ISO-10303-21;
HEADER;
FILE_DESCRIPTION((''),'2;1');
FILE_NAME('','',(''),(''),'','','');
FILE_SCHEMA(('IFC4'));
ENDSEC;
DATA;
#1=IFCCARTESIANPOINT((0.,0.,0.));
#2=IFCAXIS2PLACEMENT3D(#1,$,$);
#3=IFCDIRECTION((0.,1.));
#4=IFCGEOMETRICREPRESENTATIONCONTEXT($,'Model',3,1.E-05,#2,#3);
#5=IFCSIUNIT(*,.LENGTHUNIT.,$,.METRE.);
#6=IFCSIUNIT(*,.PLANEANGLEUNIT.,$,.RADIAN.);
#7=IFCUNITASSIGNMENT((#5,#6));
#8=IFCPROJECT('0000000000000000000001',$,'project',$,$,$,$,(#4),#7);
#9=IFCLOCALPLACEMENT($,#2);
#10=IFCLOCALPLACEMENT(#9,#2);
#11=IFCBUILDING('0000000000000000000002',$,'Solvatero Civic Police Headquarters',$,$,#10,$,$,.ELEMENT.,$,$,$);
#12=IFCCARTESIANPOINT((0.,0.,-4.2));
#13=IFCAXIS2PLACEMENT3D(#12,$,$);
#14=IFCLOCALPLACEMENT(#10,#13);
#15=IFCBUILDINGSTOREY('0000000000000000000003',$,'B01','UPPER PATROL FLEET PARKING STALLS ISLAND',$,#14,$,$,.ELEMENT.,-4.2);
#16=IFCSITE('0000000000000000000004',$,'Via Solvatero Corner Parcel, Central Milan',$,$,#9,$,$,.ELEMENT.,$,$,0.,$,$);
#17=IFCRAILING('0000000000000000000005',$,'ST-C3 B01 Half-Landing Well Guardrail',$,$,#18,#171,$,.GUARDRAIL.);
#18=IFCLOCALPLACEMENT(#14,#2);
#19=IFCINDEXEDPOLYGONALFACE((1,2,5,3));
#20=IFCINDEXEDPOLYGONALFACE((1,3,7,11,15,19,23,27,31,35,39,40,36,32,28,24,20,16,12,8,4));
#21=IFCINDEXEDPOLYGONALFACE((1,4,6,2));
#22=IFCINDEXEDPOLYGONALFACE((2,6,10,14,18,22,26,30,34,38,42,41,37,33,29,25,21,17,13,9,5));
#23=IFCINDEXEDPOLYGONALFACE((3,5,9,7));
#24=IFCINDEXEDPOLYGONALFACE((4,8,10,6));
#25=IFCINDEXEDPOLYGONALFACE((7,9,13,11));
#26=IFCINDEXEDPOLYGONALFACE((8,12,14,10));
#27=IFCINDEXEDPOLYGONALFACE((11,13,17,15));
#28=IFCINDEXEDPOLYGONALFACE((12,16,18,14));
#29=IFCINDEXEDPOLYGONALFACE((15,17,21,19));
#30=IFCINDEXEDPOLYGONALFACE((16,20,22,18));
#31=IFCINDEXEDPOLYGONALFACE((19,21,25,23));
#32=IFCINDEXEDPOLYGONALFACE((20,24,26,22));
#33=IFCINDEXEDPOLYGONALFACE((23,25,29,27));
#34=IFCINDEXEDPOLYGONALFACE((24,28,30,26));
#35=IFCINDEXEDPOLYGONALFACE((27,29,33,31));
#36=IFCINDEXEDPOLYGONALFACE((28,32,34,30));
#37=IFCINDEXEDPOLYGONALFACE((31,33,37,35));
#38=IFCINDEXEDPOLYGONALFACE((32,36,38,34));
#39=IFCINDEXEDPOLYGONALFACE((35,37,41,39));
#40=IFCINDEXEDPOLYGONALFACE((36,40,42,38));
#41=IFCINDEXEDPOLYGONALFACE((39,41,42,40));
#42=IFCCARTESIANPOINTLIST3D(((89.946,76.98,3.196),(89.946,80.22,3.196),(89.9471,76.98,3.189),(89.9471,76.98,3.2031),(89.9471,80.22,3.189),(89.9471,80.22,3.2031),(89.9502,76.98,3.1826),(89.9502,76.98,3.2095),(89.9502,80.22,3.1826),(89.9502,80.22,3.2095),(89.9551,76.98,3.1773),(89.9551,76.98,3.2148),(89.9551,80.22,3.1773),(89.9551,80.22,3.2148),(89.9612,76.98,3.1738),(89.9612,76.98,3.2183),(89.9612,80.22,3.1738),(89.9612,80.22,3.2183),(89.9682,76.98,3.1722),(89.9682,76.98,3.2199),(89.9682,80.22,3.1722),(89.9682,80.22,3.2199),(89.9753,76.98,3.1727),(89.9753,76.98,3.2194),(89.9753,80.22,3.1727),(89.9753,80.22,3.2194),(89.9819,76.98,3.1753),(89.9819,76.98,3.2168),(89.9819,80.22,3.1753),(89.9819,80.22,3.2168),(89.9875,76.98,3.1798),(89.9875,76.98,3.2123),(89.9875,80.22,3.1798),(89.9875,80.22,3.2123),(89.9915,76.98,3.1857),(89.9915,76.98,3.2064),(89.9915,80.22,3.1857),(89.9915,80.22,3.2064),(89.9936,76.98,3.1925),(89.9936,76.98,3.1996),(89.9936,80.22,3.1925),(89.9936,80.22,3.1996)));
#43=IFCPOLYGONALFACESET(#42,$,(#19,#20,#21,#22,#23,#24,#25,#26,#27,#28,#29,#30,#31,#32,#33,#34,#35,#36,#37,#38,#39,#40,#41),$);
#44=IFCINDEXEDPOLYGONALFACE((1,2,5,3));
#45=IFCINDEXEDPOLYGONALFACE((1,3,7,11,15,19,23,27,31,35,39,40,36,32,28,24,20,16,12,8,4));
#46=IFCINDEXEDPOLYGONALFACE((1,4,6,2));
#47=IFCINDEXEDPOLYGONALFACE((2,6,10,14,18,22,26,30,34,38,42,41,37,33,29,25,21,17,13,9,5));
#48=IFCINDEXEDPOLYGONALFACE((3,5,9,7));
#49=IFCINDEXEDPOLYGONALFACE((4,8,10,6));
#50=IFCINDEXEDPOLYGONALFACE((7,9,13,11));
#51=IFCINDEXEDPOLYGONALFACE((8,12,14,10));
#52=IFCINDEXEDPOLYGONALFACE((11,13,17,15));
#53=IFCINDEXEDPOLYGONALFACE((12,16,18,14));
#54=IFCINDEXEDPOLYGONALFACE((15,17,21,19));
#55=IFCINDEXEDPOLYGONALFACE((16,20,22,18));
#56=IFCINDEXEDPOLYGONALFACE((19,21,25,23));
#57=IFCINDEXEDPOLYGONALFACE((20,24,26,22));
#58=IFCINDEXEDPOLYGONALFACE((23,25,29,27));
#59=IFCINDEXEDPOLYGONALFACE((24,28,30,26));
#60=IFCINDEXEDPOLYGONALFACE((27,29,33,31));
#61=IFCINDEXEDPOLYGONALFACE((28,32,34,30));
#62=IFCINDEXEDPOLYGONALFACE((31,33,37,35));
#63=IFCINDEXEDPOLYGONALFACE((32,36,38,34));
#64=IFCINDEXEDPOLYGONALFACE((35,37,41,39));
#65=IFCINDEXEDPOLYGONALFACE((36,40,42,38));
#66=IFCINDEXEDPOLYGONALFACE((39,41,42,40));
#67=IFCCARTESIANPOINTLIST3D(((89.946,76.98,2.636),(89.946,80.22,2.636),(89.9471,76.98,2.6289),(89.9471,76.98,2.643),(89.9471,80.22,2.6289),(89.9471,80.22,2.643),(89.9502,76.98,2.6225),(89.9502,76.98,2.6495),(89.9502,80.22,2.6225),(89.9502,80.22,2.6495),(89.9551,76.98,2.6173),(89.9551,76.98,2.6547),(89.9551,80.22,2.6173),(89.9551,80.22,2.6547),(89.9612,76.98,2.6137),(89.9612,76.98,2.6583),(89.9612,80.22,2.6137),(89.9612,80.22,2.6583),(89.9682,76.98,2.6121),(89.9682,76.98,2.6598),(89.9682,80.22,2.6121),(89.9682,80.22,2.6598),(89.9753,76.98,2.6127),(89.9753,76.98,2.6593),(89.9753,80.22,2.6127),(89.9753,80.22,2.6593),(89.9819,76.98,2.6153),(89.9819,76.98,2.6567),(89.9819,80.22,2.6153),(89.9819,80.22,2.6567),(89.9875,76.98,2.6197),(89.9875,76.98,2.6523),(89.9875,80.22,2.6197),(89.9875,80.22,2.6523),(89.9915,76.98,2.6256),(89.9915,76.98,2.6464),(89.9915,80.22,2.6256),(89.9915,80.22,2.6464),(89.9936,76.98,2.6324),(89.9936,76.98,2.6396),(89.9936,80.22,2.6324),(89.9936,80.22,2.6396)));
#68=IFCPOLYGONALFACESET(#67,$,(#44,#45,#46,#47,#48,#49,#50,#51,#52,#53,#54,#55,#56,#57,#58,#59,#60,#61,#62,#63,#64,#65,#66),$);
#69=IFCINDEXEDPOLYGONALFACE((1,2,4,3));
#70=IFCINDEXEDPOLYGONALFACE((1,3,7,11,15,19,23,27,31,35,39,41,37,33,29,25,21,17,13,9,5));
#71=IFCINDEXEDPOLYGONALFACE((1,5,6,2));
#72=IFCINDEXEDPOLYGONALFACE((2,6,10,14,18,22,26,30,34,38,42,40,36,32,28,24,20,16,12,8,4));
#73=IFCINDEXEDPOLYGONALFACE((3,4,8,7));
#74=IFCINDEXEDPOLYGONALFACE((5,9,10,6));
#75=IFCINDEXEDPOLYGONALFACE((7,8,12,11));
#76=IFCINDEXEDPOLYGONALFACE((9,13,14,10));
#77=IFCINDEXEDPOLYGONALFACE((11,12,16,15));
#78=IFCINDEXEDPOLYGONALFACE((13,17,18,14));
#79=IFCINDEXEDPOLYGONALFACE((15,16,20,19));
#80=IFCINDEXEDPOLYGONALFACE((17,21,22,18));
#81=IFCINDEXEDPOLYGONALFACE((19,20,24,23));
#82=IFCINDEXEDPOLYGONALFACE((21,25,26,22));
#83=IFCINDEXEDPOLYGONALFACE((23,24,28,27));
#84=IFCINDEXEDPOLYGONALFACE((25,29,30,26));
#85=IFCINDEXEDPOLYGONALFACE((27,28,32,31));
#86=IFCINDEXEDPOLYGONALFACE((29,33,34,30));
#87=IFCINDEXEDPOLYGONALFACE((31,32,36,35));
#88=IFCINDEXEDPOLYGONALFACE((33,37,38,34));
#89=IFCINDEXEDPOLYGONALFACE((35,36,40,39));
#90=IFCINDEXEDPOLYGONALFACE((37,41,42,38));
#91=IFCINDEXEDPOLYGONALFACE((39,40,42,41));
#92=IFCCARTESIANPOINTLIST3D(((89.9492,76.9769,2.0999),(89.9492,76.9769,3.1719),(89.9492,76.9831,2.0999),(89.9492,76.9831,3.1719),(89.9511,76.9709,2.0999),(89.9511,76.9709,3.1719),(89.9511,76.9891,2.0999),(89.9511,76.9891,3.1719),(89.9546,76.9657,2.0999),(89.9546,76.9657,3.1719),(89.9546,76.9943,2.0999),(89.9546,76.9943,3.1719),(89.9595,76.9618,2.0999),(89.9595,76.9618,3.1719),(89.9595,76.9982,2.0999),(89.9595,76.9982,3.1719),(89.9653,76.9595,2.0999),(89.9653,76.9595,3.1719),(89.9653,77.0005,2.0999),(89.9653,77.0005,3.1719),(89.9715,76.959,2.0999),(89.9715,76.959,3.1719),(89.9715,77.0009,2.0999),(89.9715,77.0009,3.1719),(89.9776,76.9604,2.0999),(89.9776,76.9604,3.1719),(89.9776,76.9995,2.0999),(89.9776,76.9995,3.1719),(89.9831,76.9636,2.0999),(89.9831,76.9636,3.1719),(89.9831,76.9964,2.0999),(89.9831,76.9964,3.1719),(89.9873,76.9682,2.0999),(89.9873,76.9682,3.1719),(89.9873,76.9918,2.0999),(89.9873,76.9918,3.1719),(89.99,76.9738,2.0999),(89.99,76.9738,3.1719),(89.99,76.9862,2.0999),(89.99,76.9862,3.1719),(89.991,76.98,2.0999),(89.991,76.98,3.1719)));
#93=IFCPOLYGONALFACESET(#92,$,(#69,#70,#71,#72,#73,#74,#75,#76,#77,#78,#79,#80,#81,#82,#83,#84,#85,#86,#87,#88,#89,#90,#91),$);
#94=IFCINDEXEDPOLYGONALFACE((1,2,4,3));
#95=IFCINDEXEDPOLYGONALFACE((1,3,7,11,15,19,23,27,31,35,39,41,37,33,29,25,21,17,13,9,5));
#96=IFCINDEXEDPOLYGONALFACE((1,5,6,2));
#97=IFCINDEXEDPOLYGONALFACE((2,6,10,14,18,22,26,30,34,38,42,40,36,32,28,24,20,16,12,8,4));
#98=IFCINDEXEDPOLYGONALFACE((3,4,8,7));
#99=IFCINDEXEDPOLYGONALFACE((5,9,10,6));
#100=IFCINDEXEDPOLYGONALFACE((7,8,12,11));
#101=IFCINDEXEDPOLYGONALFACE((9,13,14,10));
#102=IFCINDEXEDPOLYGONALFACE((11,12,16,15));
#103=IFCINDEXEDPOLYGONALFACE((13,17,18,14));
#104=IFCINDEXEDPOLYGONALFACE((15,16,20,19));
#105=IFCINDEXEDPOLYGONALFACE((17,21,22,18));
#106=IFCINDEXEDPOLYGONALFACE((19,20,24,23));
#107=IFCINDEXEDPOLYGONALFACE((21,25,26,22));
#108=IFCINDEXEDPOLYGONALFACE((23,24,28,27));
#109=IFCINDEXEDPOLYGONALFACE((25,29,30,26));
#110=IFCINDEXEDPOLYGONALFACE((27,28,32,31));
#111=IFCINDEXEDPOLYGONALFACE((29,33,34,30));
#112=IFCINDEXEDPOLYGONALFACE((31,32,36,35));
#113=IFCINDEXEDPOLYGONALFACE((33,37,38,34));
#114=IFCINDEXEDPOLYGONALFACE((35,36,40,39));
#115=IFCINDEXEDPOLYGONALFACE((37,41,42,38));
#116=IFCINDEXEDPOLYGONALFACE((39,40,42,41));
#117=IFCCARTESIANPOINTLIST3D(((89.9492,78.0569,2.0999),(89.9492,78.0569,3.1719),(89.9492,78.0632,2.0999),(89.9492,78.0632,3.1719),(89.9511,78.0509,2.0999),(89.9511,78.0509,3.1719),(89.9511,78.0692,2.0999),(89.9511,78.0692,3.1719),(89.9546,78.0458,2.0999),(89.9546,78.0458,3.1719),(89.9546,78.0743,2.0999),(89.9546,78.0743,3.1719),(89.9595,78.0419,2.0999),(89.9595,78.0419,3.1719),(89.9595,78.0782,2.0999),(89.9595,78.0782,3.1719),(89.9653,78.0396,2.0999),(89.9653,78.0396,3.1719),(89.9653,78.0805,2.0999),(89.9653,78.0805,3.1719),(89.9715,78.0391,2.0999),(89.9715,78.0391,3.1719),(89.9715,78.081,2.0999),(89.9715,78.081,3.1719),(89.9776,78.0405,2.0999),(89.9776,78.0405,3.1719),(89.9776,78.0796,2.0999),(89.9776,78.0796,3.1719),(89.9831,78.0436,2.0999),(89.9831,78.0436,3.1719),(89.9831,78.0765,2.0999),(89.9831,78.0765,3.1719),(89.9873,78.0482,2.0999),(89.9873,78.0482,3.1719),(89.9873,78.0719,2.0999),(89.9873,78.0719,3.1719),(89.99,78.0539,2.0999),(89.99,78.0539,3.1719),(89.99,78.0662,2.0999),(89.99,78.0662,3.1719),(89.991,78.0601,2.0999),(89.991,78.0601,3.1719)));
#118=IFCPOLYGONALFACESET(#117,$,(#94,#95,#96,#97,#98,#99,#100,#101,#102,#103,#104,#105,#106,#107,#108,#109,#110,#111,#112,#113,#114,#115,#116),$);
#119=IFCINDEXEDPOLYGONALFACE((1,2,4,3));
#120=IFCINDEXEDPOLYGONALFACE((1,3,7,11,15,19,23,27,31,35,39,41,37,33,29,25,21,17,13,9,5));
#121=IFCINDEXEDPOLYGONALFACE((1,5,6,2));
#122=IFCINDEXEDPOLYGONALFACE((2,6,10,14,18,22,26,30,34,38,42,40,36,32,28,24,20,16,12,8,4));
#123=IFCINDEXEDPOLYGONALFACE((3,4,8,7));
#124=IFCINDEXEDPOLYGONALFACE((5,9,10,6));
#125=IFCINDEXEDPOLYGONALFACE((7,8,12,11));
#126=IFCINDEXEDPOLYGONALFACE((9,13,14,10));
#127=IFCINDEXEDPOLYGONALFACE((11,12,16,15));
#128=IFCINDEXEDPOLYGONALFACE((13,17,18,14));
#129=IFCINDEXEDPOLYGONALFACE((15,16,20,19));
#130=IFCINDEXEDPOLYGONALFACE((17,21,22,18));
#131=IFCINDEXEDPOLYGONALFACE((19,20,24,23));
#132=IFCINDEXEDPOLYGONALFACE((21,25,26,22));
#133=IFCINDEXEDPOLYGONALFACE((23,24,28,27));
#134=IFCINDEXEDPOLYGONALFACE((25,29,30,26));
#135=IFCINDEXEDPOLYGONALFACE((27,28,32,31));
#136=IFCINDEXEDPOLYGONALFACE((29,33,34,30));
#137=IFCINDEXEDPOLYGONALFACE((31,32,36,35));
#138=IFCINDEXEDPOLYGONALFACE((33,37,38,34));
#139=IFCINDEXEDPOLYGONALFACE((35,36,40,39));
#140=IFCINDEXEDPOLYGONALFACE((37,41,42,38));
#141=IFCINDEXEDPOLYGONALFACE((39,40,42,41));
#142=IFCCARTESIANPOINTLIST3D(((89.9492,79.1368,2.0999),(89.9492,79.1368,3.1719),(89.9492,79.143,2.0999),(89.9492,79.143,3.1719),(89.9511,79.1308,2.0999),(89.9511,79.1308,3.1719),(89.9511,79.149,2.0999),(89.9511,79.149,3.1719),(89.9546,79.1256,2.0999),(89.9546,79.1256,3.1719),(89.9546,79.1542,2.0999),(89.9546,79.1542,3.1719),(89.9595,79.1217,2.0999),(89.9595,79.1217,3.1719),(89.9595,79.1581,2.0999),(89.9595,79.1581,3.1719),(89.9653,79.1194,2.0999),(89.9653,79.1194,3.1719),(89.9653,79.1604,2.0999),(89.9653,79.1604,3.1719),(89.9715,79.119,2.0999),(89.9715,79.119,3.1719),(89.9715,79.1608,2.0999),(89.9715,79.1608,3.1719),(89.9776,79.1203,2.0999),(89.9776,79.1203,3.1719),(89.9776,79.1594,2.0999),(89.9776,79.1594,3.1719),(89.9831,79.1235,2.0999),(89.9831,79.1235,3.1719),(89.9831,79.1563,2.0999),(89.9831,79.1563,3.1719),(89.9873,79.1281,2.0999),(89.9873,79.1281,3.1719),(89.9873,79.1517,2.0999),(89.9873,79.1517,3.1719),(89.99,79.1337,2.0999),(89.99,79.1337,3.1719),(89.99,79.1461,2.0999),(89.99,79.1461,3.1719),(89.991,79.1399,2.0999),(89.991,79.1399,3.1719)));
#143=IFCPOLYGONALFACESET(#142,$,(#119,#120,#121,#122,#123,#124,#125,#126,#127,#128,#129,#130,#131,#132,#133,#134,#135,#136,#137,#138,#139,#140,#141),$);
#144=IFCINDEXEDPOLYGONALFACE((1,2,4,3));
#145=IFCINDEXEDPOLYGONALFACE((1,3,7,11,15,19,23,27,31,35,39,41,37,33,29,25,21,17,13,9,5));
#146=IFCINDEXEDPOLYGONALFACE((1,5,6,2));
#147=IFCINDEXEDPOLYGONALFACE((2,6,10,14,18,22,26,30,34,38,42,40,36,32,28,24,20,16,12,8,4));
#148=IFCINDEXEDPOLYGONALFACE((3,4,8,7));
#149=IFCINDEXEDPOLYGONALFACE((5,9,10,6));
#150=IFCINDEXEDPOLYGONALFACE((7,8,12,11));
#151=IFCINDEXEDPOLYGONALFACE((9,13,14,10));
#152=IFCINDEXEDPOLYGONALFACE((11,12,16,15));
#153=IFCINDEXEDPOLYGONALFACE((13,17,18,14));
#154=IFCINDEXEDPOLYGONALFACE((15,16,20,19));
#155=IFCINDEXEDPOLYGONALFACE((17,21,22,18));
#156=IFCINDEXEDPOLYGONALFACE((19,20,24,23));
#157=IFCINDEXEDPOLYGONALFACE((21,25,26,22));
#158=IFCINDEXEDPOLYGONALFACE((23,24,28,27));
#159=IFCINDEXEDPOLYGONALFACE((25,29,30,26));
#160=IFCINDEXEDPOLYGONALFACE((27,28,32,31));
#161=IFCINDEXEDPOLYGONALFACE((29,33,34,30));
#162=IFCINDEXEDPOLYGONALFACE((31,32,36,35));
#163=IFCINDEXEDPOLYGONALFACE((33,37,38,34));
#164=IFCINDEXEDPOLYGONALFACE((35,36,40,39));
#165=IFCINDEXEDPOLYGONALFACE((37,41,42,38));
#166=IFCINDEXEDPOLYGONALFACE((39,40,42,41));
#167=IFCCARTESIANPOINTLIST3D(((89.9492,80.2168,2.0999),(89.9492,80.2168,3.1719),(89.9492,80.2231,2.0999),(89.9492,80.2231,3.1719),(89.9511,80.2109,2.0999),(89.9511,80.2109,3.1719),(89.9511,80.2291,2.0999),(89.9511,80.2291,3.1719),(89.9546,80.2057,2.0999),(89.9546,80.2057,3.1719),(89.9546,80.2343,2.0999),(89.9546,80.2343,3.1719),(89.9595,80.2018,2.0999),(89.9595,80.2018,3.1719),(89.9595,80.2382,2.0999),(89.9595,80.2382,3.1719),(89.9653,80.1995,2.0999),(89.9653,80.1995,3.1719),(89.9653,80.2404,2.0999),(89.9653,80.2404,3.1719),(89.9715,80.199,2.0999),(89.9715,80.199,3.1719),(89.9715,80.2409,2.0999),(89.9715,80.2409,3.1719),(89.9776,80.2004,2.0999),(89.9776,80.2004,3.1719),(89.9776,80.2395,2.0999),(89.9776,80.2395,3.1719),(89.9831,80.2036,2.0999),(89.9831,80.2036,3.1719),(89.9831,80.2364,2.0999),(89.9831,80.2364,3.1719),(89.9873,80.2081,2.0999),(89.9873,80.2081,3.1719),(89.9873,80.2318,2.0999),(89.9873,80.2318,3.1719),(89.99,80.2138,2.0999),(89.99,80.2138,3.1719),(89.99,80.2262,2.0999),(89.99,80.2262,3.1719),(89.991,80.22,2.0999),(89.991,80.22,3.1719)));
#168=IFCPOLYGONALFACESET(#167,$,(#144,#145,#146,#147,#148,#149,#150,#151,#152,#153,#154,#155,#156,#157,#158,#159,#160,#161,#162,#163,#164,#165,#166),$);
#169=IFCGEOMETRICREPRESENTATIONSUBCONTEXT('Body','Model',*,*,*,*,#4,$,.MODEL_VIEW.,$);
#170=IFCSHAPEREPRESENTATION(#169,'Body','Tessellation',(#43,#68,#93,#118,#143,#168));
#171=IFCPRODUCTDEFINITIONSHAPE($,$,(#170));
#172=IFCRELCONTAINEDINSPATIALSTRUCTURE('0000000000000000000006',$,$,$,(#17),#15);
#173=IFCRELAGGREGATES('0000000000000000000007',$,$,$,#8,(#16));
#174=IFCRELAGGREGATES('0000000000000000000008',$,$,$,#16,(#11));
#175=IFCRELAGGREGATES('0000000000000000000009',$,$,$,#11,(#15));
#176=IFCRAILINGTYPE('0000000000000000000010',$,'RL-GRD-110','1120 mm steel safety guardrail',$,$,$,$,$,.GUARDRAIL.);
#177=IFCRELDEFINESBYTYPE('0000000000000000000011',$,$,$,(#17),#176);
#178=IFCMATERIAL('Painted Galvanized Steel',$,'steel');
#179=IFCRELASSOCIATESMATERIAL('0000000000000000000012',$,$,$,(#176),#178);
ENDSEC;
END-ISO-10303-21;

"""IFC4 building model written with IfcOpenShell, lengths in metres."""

from ifc_helpers import new_model, si_unit, direction, frame, origin, origin_2d, place, context, subcontext, project, spatial, circle, extrude, material, type_object, element, save


model = new_model("IFC4")

# Units and contexts
model_context = context("Model", 3, precision=1e-05, world=origin(), true_north=direction((0.0, 1.0)))
body_context = subcontext(model_context, "Body", "Model", "MODEL_VIEW")
ifc_project = project(units=[si_unit("LENGTHUNIT", "METRE"), si_unit("PLANEANGLEUNIT", "RADIAN")], contexts=[model_context])

# Site, building, storey
site_placement = place(None, origin())
site = spatial("IfcSite", under=ifc_project, at=site_placement, Name="Via Solvatero Corner Parcel, Central Milan", CompositionType="ELEMENT", RefElevation=0.0)
building_placement = place(site_placement, origin())
building = spatial("IfcBuilding", under=site, at=building_placement, Name="Solvatero Civic Police Headquarters", CompositionType="ELEMENT")
storey_placement = place(building_placement, frame((0.0, 0.0, -4.2)))
storey = spatial("IfcBuildingStorey", under=building, at=storey_placement, Name="B01", Description="UPPER PATROL FLEET PARKING STALLS ISLAND", CompositionType="ELEMENT", Elevation=-4.2)

# Railing
ifc_material_1 = material(Name="Painted Galvanized Steel", Category="steel")
railing_type_1 = type_object("IfcRailingType", Name="RL-GRD-110", Description="1120 mm steel safety guardrail", PredefinedType="GUARDRAIL", material=ifc_material_1)
railing_1_placement = place(storey_placement, frame((89.97, 76.98, 2.0999)))
element("IfcRailing", 1, at=railing_1_placement, inside=storey, type_object=railing_type_1, Name="ST-C3 B01 Half-Landing Well Guardrail", PredefinedType="GUARDRAIL", context=body_context, shape_type="SweptSolid", body=[
    extrude(circle(Radius=0.0239, at=origin_2d()), frame((0.0, 0.0, 1.0962), z_axis=(0.0, 1.0, 0.0), x_axis=(-1.0, 0.0, 0.0)), (0.0, 0.0, 1.0), 3.24),
    extrude(circle(Radius=0.0239, at=origin_2d()), frame((0.0, 0.0, 0.5361), z_axis=(0.0, 1.0, 0.0), x_axis=(-1.0, 0.0, 0.0)), (0.0, 0.0, 1.0), 3.24),
    extrude(circle(Radius=0.021, at=origin_2d()), origin(), (0.0, 0.0, 1.0), 1.072),
    extrude(circle(Radius=0.021, at=origin_2d()), frame((0.0, 1.0801, 0.0)), (0.0, 0.0, 1.0), 1.072),
    extrude(circle(Radius=0.021, at=origin_2d()), frame((0.0, 2.1599, 0.0)), (0.0, 0.0, 1.0), 1.072),
    extrude(circle(Radius=0.021, at=origin_2d()), frame((0.0, 3.24, 0.0)), (0.0, 0.0, 1.0), 1.072),
])

save(model, "model.ifc")
